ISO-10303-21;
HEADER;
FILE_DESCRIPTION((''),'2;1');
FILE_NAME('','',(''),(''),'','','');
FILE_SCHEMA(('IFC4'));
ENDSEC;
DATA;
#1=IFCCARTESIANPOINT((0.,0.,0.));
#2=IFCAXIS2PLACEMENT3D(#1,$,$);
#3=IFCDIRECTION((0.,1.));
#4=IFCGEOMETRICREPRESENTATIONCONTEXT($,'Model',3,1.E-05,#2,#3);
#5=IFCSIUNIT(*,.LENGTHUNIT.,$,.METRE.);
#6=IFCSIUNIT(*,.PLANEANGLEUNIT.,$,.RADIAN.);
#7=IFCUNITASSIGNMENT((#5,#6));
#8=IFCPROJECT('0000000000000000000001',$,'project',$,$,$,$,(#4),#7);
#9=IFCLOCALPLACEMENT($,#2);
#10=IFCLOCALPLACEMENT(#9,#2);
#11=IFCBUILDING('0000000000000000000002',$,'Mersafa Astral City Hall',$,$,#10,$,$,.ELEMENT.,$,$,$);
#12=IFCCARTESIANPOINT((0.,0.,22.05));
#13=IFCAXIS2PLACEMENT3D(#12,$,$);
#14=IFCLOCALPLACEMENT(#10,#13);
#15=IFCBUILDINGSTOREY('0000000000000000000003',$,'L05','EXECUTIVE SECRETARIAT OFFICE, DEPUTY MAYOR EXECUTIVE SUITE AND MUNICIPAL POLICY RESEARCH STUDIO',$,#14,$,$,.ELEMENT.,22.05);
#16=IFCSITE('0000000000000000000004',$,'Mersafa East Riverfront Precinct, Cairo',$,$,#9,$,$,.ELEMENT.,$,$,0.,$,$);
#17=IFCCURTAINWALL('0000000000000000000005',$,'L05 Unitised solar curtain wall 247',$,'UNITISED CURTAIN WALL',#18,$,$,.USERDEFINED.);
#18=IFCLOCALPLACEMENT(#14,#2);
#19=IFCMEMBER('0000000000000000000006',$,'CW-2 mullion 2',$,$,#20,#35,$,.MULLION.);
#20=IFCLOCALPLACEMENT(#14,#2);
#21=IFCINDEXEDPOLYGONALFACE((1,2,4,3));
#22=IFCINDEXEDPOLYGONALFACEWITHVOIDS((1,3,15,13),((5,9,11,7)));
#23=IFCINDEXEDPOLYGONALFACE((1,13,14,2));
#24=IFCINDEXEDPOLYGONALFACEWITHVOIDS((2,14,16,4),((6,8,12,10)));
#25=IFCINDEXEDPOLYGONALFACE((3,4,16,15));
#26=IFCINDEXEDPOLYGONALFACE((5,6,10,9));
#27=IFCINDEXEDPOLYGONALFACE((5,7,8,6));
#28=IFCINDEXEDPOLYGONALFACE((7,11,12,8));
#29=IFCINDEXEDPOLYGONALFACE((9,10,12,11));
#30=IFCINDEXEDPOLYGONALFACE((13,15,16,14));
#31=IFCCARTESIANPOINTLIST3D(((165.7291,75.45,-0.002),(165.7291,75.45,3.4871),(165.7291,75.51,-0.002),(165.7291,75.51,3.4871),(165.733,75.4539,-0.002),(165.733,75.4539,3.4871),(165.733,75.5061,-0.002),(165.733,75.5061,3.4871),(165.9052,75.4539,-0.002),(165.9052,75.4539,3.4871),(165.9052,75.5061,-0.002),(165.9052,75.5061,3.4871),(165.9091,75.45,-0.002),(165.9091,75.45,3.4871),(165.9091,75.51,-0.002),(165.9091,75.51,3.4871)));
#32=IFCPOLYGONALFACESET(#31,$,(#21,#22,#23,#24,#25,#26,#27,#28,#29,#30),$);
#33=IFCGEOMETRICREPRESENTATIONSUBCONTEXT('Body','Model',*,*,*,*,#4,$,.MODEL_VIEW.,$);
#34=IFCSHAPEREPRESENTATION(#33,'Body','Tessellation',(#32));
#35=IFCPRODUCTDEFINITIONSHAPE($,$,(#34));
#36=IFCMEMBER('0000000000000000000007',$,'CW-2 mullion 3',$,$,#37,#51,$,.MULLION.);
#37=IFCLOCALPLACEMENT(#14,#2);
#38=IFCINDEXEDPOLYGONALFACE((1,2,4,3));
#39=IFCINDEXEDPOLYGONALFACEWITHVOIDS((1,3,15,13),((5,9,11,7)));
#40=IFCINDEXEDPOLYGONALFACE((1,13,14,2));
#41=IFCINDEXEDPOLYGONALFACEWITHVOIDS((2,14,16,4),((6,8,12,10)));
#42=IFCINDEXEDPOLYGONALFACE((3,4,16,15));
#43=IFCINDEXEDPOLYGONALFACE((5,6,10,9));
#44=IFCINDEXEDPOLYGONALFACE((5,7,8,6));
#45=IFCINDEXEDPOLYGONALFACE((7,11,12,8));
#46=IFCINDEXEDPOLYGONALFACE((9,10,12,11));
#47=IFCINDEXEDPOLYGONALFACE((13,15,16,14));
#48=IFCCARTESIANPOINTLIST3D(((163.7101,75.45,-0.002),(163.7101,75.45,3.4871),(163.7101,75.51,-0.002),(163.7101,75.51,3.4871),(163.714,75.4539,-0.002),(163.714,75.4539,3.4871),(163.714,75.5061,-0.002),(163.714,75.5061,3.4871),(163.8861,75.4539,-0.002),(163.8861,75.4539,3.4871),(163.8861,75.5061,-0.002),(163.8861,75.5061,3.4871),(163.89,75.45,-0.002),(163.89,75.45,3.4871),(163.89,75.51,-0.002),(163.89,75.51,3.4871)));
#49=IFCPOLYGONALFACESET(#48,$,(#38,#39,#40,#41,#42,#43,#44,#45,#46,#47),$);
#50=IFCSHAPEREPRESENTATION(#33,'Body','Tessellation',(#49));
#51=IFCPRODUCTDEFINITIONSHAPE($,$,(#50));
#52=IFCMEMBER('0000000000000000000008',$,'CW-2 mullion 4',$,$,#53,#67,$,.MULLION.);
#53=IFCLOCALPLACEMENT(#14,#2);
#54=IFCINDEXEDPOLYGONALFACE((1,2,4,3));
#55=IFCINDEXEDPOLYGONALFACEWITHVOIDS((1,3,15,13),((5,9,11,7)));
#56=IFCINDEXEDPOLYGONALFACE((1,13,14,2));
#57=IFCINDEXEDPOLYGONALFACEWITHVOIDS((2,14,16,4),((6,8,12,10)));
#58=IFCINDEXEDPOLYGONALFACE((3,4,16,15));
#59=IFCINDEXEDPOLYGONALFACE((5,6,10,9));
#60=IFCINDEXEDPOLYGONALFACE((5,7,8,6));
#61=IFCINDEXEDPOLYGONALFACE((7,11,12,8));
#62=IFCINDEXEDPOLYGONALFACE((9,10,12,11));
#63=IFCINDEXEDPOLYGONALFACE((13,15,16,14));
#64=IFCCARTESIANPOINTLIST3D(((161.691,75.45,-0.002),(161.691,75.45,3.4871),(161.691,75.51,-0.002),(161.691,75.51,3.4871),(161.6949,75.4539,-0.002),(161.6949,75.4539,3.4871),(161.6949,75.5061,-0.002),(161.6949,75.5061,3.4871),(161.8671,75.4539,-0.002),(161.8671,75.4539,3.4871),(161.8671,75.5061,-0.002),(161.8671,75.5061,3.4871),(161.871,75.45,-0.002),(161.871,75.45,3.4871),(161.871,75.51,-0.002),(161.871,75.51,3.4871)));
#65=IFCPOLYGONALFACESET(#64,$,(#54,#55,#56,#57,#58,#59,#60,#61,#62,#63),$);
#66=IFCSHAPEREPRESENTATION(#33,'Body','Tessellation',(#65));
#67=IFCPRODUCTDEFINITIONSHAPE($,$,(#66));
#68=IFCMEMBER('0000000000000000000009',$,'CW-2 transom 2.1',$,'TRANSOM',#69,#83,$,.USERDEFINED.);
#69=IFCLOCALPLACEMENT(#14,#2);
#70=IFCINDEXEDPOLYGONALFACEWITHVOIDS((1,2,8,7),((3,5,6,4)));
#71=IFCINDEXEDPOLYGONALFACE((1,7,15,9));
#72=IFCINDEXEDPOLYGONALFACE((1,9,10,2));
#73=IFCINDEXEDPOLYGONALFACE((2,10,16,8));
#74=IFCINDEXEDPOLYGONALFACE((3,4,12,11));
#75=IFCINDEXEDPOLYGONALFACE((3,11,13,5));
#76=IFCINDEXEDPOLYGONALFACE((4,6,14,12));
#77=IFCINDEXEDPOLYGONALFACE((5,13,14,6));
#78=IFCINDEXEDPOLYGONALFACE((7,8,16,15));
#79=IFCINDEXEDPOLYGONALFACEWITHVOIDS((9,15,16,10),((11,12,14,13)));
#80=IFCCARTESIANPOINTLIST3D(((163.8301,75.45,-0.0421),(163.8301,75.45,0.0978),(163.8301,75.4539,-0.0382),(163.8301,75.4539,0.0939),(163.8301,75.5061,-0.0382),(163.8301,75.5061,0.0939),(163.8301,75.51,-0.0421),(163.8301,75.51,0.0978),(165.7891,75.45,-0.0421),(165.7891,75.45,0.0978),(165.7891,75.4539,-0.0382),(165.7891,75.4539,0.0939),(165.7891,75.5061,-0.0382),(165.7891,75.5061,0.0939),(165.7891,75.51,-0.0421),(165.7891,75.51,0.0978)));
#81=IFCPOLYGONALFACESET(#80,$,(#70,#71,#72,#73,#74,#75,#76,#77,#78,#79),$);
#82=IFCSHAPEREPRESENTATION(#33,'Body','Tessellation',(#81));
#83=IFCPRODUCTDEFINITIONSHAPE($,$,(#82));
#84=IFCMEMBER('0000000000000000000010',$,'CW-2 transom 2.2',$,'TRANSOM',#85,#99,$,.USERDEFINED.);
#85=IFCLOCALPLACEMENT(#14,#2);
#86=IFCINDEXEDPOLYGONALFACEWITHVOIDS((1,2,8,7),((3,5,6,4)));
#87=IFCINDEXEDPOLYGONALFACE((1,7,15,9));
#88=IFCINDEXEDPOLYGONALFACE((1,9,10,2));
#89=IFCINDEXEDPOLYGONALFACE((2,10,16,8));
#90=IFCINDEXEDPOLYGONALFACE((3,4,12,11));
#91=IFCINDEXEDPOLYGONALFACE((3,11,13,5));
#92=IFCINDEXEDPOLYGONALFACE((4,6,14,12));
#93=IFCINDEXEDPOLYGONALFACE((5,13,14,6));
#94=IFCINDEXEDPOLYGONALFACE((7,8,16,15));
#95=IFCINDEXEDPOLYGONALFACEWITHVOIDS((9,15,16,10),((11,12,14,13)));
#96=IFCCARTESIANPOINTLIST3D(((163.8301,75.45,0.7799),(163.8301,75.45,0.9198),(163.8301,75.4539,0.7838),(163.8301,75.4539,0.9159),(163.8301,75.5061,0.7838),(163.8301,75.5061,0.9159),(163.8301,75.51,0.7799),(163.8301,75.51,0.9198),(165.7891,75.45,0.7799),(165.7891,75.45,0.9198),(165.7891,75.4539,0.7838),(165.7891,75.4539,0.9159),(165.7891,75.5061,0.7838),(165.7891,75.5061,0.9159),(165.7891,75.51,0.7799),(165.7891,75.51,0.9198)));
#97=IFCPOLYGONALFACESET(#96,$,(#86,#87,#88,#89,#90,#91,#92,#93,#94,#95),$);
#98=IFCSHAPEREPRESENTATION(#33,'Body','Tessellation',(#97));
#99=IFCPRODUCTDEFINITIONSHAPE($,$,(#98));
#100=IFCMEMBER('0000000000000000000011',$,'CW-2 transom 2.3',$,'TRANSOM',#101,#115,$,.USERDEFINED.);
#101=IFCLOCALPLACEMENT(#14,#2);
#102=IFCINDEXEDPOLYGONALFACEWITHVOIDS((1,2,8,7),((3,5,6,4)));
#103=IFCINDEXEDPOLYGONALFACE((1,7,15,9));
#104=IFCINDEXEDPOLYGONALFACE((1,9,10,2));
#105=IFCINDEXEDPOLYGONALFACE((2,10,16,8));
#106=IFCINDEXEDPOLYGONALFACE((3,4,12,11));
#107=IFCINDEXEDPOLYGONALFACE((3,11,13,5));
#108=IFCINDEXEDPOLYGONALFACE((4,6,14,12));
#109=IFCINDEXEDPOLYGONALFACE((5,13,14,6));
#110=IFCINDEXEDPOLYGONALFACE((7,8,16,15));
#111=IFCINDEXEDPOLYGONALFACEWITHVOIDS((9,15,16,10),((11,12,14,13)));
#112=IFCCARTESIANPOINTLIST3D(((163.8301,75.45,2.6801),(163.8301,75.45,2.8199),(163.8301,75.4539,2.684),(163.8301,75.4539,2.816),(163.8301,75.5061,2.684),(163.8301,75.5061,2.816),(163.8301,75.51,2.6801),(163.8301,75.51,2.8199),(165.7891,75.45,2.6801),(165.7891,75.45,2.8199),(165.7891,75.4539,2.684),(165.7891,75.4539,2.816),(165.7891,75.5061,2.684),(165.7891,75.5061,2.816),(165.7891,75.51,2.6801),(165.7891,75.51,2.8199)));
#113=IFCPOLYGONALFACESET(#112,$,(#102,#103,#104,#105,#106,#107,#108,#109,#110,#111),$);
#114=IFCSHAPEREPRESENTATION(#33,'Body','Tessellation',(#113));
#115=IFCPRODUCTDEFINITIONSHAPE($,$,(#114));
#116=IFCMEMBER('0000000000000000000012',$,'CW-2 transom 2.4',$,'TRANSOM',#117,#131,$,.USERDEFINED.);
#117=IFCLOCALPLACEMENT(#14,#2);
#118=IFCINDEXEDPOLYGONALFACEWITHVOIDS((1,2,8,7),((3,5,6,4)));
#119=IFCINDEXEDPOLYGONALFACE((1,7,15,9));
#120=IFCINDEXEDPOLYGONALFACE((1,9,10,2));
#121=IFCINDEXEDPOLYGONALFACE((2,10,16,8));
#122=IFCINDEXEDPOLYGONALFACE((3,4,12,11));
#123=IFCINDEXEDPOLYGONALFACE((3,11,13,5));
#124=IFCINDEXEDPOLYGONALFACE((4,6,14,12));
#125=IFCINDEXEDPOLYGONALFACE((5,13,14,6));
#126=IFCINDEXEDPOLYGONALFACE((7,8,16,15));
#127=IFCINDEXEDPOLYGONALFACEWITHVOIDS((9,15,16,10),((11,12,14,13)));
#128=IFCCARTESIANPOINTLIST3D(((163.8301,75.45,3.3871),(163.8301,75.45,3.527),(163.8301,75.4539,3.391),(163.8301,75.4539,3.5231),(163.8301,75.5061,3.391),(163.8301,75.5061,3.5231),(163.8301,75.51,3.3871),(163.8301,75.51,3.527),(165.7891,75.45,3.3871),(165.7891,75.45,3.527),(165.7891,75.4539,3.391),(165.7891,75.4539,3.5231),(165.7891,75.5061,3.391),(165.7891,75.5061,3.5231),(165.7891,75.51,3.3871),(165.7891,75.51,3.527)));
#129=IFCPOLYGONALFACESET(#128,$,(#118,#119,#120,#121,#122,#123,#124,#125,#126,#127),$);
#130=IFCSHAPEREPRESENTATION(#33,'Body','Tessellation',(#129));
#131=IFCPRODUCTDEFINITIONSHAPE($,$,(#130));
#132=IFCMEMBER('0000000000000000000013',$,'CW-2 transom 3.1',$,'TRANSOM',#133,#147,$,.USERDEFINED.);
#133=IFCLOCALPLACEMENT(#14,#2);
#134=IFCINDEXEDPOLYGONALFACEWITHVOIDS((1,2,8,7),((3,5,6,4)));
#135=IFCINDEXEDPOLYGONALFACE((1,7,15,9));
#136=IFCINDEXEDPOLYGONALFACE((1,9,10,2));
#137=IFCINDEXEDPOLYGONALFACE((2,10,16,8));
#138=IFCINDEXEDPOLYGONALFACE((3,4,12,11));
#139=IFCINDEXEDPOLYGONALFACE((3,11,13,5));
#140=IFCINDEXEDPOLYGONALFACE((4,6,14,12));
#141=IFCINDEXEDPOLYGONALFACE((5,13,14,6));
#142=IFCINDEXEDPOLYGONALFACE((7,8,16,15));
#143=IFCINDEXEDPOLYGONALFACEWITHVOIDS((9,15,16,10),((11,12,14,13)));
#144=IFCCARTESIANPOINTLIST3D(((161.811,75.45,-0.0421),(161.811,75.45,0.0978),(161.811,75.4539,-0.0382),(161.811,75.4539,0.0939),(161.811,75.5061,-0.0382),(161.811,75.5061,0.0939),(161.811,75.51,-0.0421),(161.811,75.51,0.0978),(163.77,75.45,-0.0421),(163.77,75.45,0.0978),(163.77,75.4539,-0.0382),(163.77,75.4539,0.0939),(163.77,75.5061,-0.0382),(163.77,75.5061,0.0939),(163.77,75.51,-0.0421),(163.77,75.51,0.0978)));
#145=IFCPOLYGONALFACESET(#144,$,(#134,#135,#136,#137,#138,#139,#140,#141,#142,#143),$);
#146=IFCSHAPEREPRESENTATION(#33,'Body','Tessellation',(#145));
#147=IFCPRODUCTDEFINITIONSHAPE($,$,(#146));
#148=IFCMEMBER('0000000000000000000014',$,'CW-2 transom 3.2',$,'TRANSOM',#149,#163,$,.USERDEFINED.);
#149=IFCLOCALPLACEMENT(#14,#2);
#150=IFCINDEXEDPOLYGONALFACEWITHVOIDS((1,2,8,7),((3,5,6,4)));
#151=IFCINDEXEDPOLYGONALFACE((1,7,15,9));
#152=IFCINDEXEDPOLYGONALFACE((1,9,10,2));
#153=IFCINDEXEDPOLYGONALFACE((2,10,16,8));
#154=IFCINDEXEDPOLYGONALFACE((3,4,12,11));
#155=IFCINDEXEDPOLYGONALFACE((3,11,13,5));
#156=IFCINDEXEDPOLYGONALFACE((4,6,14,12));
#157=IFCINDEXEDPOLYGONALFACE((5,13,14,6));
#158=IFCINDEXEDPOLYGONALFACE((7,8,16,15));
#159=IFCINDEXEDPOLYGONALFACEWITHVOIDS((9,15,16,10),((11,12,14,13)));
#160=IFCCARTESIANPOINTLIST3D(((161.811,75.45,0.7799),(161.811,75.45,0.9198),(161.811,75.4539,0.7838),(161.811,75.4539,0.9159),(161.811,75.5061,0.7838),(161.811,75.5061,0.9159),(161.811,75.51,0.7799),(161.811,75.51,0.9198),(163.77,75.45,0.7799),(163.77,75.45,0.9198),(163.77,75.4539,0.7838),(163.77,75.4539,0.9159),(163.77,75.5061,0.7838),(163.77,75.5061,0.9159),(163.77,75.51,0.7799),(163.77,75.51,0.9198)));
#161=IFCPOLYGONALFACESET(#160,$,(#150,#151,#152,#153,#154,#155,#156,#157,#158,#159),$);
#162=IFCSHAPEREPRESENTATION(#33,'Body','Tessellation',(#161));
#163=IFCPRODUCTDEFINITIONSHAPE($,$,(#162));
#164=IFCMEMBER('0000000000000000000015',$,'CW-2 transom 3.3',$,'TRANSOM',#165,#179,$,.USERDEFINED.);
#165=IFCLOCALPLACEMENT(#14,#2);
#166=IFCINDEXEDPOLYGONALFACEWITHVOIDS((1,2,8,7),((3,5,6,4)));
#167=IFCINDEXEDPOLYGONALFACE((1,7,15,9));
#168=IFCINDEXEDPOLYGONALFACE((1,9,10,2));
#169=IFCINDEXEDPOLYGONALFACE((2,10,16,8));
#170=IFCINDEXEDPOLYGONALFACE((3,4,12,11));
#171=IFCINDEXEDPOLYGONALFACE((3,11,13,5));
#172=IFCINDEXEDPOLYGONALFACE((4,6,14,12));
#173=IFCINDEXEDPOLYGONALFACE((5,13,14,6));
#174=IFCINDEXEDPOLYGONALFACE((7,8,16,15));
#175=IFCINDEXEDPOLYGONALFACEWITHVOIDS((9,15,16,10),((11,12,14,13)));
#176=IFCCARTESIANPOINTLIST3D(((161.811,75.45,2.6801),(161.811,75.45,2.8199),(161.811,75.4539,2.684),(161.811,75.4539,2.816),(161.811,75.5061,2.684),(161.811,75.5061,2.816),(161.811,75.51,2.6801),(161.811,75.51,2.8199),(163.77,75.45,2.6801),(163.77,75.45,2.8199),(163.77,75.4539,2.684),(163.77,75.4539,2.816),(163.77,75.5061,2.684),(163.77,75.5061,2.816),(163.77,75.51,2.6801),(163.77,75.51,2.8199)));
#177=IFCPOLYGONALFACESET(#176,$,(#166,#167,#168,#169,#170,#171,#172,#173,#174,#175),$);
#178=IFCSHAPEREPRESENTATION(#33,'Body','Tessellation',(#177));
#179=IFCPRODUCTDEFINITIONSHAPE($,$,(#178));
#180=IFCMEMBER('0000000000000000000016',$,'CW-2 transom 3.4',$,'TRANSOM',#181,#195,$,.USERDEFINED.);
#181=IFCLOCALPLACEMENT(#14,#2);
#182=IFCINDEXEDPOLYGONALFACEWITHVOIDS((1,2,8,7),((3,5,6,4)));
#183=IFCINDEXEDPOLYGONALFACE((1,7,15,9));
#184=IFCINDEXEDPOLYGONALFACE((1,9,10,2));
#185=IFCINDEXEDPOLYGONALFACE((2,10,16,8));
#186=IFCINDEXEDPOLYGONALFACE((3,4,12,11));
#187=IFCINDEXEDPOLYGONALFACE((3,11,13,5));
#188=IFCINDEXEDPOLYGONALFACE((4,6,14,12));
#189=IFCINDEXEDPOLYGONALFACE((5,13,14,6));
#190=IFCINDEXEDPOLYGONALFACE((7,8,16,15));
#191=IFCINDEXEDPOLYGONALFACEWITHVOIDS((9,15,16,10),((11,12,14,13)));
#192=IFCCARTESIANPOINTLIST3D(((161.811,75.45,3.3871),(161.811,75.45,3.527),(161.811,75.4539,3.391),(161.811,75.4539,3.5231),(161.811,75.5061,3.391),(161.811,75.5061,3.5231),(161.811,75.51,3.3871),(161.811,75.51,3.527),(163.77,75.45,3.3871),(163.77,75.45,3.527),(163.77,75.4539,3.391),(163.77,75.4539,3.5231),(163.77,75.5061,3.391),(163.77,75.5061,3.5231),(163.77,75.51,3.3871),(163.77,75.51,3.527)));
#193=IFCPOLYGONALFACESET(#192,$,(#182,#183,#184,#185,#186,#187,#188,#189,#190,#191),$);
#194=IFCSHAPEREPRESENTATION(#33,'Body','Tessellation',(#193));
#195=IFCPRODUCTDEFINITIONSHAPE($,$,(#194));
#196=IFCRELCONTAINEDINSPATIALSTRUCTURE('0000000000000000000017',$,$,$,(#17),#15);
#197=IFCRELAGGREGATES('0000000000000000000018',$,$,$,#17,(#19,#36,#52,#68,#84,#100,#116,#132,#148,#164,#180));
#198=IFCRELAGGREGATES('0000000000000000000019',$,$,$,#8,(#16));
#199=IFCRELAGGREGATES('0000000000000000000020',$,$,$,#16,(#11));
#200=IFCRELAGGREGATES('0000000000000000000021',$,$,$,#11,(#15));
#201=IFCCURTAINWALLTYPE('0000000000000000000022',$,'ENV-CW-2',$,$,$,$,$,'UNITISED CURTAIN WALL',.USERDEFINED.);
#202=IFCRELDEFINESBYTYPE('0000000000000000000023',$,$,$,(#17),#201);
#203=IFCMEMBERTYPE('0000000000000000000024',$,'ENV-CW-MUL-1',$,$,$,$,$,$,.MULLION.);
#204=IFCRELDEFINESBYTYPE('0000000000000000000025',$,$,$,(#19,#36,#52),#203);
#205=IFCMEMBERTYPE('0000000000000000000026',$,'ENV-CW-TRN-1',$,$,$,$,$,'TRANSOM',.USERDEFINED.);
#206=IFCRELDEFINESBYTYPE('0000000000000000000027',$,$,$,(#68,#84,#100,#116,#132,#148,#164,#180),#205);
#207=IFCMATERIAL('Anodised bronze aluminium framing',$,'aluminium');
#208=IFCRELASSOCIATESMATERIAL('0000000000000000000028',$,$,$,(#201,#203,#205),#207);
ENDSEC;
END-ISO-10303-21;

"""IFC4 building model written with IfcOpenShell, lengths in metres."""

from ifc_helpers import new_model, si_unit, direction, frame, origin, origin_2d, place, context, subcontext, project, spatial, hollow_rectangle, extrude, material, material_profile, profile_set, type_object, element, aggregate, save


model = new_model("IFC4")

# Units and contexts
model_context = context("Model", 3, precision=1e-05, world=origin(), true_north=direction((0.0, 1.0)))
body_context = subcontext(model_context, "Body", "Model", "MODEL_VIEW")
ifc_project = project(units=[si_unit("LENGTHUNIT", "METRE"), si_unit("PLANEANGLEUNIT", "RADIAN")], contexts=[model_context])

# Site, building, storey
site_placement = place(None, origin())
site = spatial("IfcSite", under=ifc_project, at=site_placement, Name="Mersafa East Riverfront Precinct, Cairo", CompositionType="ELEMENT", RefElevation=0.0)
building_placement = place(site_placement, origin())
building = spatial("IfcBuilding", under=site, at=building_placement, Name="Mersafa Astral City Hall", CompositionType="ELEMENT")
storey_placement = place(building_placement, frame((0.0, 0.0, 22.05)))
storey = spatial("IfcBuildingStorey", under=building, at=storey_placement, Name="L05", Description="EXECUTIVE SECRETARIAT OFFICE, DEPUTY MAYOR EXECUTIVE SUITE AND MUNICIPAL POLICY RESEARCH STUDIO", CompositionType="ELEMENT", Elevation=22.05)

# Curtain wall, members
ifc_material_1 = material(Name="Anodised bronze aluminium framing", Category="aluminium")
curtain_wall_type = type_object("IfcCurtainWallType", Name="ENV-CW-2", ElementType="UNITISED CURTAIN WALL", PredefinedType="USERDEFINED", material=ifc_material_1)
curtain_wall_placement = place(storey_placement, origin())
curtain_wall = element("IfcCurtainWall", 1, at=curtain_wall_placement, inside=storey, type_object=curtain_wall_type, Name="L05 Unitised solar curtain wall 247", ObjectType="UNITISED CURTAIN WALL", PredefinedType="USERDEFINED")
ifc_material_profile_1 = material_profile(ifc_material_1, hollow_rectangle(XDim=0.0601, YDim=0.1799, WallThickness=0.0039, at=origin_2d()), Name="RHS 60x180x4")
ifc_profile_set_1 = profile_set([ifc_material_profile_1], Name="Anodised bronze aluminium framing")
member_type_1 = type_object("IfcMemberType", Name="ENV-CW-MUL-1", PredefinedType="MULLION", material=ifc_profile_set_1)
member_1_placement = place(storey_placement, frame((165.8191, 75.48, -0.002), z_axis=(0.0, 0.0, 1.0), x_axis=(0.0, -1.0, 0.0)))
member_1 = element("IfcMember", 2, at=member_1_placement, type_object=member_type_1, Name="CW-2 mullion 2", PredefinedType="MULLION", context=body_context, shape_type="SweptSolid", body=[
    extrude(hollow_rectangle(XDim=0.0601, YDim=0.1799, WallThickness=0.0039, at=origin_2d()), origin(), (0.0, 0.0, 1.0), 3.489),
])
member_2_placement = place(storey_placement, frame((163.8, 75.48, -0.002), z_axis=(0.0, 0.0, 1.0), x_axis=(0.0, -1.0, 0.0)))
member_2 = element("IfcMember", 3, at=member_2_placement, type_object=member_type_1, Name="CW-2 mullion 3", PredefinedType="MULLION", context=body_context, shape_type="SweptSolid", body=[
    extrude(hollow_rectangle(XDim=0.0601, YDim=0.1799, WallThickness=0.0039, at=origin_2d()), origin(), (0.0, 0.0, 1.0), 3.489),
])
member_3_placement = place(storey_placement, frame((161.781, 75.48, -0.002), z_axis=(0.0, 0.0, 1.0), x_axis=(0.0, -1.0, 0.0)))
member_3 = element("IfcMember", 4, at=member_3_placement, type_object=member_type_1, Name="CW-2 mullion 4", PredefinedType="MULLION", context=body_context, shape_type="SweptSolid", body=[
    extrude(hollow_rectangle(XDim=0.0601, YDim=0.1799, WallThickness=0.0039, at=origin_2d()), origin(), (0.0, 0.0, 1.0), 3.489),
])
ifc_material_profile_2 = material_profile(ifc_material_1, hollow_rectangle(XDim=0.0601, YDim=0.1399, WallThickness=0.0039, at=origin_2d()), Name="RHS 60x140x4")
ifc_profile_set_2 = profile_set([ifc_material_profile_2], Name="Anodised bronze aluminium framing")
member_type_2 = type_object("IfcMemberType", Name="ENV-CW-TRN-1", ElementType="TRANSOM", PredefinedType="USERDEFINED", material=ifc_profile_set_2)
member_4_placement = place(storey_placement, frame((165.7891, 75.48, 0.0278), z_axis=(-1.0, 0.0, 0.0), x_axis=(0.0, -1.0, 0.0)))
member_4 = element("IfcMember", 5, at=member_4_placement, type_object=member_type_2, Name="CW-2 transom 2.1", ObjectType="TRANSOM", PredefinedType="USERDEFINED", context=body_context, shape_type="SweptSolid", body=[
    extrude(hollow_rectangle(XDim=0.0601, YDim=0.1399, WallThickness=0.0039, at=origin_2d()), origin(), (0.0, 0.0, 1.0), 1.959),
])
member_5_placement = place(storey_placement, frame((165.7891, 75.48, 0.8499), z_axis=(-1.0, 0.0, 0.0), x_axis=(0.0, -1.0, 0.0)))
member_5 = element("IfcMember", 6, at=member_5_placement, type_object=member_type_2, Name="CW-2 transom 2.2", ObjectType="TRANSOM", PredefinedType="USERDEFINED", context=body_context, shape_type="SweptSolid", body=[
    extrude(hollow_rectangle(XDim=0.0601, YDim=0.1399, WallThickness=0.0039, at=origin_2d()), origin(), (0.0, 0.0, 1.0), 1.959),
])
member_6_placement = place(storey_placement, frame((165.7891, 75.48, 2.75), z_axis=(-1.0, 0.0, 0.0), x_axis=(0.0, -1.0, 0.0)))
member_6 = element("IfcMember", 7, at=member_6_placement, type_object=member_type_2, Name="CW-2 transom 2.3", ObjectType="TRANSOM", PredefinedType="USERDEFINED", context=body_context, shape_type="SweptSolid", body=[
    extrude(hollow_rectangle(XDim=0.0601, YDim=0.1399, WallThickness=0.0039, at=origin_2d()), origin(), (0.0, 0.0, 1.0), 1.959),
])
member_7_placement = place(storey_placement, frame((165.7891, 75.48, 3.457), z_axis=(-1.0, 0.0, 0.0), x_axis=(0.0, -1.0, 0.0)))
member_7 = element("IfcMember", 8, at=member_7_placement, type_object=member_type_2, Name="CW-2 transom 2.4", ObjectType="TRANSOM", PredefinedType="USERDEFINED", context=body_context, shape_type="SweptSolid", body=[
    extrude(hollow_rectangle(XDim=0.0601, YDim=0.1399, WallThickness=0.0039, at=origin_2d()), origin(), (0.0, 0.0, 1.0), 1.959),
])
member_8_placement = place(storey_placement, frame((163.77, 75.48, 0.0278), z_axis=(-1.0, 0.0, 0.0), x_axis=(0.0, -1.0, 0.0)))
member_8 = element("IfcMember", 9, at=member_8_placement, type_object=member_type_2, Name="CW-2 transom 3.1", ObjectType="TRANSOM", PredefinedType="USERDEFINED", context=body_context, shape_type="SweptSolid", body=[
    extrude(hollow_rectangle(XDim=0.0601, YDim=0.1399, WallThickness=0.0039, at=origin_2d()), origin(), (0.0, 0.0, 1.0), 1.959),
])
member_9_placement = place(storey_placement, frame((163.77, 75.48, 0.8499), z_axis=(-1.0, 0.0, 0.0), x_axis=(0.0, -1.0, 0.0)))
member_9 = element("IfcMember", 10, at=member_9_placement, type_object=member_type_2, Name="CW-2 transom 3.2", ObjectType="TRANSOM", PredefinedType="USERDEFINED", context=body_context, shape_type="SweptSolid", body=[
    extrude(hollow_rectangle(XDim=0.0601, YDim=0.1399, WallThickness=0.0039, at=origin_2d()), origin(), (0.0, 0.0, 1.0), 1.959),
])
member_10_placement = place(storey_placement, frame((163.77, 75.48, 2.75), z_axis=(-1.0, 0.0, 0.0), x_axis=(0.0, -1.0, 0.0)))
member_10 = element("IfcMember", 11, at=member_10_placement, type_object=member_type_2, Name="CW-2 transom 3.3", ObjectType="TRANSOM", PredefinedType="USERDEFINED", context=body_context, shape_type="SweptSolid", body=[
    extrude(hollow_rectangle(XDim=0.0601, YDim=0.1399, WallThickness=0.0039, at=origin_2d()), origin(), (0.0, 0.0, 1.0), 1.959),
])
member_11_placement = place(storey_placement, frame((163.77, 75.48, 3.457), z_axis=(-1.0, 0.0, 0.0), x_axis=(0.0, -1.0, 0.0)))
member_11 = element("IfcMember", 12, at=member_11_placement, type_object=member_type_2, Name="CW-2 transom 3.4", ObjectType="TRANSOM", PredefinedType="USERDEFINED", context=body_context, shape_type="SweptSolid", body=[
    extrude(hollow_rectangle(XDim=0.0601, YDim=0.1399, WallThickness=0.0039, at=origin_2d()), origin(), (0.0, 0.0, 1.0), 1.959),
])

aggregate(curtain_wall, [member_1, member_2, member_3, member_4, member_5, member_6, member_7, member_8, member_9, member_10, member_11])

save(model, "model.ifc")
